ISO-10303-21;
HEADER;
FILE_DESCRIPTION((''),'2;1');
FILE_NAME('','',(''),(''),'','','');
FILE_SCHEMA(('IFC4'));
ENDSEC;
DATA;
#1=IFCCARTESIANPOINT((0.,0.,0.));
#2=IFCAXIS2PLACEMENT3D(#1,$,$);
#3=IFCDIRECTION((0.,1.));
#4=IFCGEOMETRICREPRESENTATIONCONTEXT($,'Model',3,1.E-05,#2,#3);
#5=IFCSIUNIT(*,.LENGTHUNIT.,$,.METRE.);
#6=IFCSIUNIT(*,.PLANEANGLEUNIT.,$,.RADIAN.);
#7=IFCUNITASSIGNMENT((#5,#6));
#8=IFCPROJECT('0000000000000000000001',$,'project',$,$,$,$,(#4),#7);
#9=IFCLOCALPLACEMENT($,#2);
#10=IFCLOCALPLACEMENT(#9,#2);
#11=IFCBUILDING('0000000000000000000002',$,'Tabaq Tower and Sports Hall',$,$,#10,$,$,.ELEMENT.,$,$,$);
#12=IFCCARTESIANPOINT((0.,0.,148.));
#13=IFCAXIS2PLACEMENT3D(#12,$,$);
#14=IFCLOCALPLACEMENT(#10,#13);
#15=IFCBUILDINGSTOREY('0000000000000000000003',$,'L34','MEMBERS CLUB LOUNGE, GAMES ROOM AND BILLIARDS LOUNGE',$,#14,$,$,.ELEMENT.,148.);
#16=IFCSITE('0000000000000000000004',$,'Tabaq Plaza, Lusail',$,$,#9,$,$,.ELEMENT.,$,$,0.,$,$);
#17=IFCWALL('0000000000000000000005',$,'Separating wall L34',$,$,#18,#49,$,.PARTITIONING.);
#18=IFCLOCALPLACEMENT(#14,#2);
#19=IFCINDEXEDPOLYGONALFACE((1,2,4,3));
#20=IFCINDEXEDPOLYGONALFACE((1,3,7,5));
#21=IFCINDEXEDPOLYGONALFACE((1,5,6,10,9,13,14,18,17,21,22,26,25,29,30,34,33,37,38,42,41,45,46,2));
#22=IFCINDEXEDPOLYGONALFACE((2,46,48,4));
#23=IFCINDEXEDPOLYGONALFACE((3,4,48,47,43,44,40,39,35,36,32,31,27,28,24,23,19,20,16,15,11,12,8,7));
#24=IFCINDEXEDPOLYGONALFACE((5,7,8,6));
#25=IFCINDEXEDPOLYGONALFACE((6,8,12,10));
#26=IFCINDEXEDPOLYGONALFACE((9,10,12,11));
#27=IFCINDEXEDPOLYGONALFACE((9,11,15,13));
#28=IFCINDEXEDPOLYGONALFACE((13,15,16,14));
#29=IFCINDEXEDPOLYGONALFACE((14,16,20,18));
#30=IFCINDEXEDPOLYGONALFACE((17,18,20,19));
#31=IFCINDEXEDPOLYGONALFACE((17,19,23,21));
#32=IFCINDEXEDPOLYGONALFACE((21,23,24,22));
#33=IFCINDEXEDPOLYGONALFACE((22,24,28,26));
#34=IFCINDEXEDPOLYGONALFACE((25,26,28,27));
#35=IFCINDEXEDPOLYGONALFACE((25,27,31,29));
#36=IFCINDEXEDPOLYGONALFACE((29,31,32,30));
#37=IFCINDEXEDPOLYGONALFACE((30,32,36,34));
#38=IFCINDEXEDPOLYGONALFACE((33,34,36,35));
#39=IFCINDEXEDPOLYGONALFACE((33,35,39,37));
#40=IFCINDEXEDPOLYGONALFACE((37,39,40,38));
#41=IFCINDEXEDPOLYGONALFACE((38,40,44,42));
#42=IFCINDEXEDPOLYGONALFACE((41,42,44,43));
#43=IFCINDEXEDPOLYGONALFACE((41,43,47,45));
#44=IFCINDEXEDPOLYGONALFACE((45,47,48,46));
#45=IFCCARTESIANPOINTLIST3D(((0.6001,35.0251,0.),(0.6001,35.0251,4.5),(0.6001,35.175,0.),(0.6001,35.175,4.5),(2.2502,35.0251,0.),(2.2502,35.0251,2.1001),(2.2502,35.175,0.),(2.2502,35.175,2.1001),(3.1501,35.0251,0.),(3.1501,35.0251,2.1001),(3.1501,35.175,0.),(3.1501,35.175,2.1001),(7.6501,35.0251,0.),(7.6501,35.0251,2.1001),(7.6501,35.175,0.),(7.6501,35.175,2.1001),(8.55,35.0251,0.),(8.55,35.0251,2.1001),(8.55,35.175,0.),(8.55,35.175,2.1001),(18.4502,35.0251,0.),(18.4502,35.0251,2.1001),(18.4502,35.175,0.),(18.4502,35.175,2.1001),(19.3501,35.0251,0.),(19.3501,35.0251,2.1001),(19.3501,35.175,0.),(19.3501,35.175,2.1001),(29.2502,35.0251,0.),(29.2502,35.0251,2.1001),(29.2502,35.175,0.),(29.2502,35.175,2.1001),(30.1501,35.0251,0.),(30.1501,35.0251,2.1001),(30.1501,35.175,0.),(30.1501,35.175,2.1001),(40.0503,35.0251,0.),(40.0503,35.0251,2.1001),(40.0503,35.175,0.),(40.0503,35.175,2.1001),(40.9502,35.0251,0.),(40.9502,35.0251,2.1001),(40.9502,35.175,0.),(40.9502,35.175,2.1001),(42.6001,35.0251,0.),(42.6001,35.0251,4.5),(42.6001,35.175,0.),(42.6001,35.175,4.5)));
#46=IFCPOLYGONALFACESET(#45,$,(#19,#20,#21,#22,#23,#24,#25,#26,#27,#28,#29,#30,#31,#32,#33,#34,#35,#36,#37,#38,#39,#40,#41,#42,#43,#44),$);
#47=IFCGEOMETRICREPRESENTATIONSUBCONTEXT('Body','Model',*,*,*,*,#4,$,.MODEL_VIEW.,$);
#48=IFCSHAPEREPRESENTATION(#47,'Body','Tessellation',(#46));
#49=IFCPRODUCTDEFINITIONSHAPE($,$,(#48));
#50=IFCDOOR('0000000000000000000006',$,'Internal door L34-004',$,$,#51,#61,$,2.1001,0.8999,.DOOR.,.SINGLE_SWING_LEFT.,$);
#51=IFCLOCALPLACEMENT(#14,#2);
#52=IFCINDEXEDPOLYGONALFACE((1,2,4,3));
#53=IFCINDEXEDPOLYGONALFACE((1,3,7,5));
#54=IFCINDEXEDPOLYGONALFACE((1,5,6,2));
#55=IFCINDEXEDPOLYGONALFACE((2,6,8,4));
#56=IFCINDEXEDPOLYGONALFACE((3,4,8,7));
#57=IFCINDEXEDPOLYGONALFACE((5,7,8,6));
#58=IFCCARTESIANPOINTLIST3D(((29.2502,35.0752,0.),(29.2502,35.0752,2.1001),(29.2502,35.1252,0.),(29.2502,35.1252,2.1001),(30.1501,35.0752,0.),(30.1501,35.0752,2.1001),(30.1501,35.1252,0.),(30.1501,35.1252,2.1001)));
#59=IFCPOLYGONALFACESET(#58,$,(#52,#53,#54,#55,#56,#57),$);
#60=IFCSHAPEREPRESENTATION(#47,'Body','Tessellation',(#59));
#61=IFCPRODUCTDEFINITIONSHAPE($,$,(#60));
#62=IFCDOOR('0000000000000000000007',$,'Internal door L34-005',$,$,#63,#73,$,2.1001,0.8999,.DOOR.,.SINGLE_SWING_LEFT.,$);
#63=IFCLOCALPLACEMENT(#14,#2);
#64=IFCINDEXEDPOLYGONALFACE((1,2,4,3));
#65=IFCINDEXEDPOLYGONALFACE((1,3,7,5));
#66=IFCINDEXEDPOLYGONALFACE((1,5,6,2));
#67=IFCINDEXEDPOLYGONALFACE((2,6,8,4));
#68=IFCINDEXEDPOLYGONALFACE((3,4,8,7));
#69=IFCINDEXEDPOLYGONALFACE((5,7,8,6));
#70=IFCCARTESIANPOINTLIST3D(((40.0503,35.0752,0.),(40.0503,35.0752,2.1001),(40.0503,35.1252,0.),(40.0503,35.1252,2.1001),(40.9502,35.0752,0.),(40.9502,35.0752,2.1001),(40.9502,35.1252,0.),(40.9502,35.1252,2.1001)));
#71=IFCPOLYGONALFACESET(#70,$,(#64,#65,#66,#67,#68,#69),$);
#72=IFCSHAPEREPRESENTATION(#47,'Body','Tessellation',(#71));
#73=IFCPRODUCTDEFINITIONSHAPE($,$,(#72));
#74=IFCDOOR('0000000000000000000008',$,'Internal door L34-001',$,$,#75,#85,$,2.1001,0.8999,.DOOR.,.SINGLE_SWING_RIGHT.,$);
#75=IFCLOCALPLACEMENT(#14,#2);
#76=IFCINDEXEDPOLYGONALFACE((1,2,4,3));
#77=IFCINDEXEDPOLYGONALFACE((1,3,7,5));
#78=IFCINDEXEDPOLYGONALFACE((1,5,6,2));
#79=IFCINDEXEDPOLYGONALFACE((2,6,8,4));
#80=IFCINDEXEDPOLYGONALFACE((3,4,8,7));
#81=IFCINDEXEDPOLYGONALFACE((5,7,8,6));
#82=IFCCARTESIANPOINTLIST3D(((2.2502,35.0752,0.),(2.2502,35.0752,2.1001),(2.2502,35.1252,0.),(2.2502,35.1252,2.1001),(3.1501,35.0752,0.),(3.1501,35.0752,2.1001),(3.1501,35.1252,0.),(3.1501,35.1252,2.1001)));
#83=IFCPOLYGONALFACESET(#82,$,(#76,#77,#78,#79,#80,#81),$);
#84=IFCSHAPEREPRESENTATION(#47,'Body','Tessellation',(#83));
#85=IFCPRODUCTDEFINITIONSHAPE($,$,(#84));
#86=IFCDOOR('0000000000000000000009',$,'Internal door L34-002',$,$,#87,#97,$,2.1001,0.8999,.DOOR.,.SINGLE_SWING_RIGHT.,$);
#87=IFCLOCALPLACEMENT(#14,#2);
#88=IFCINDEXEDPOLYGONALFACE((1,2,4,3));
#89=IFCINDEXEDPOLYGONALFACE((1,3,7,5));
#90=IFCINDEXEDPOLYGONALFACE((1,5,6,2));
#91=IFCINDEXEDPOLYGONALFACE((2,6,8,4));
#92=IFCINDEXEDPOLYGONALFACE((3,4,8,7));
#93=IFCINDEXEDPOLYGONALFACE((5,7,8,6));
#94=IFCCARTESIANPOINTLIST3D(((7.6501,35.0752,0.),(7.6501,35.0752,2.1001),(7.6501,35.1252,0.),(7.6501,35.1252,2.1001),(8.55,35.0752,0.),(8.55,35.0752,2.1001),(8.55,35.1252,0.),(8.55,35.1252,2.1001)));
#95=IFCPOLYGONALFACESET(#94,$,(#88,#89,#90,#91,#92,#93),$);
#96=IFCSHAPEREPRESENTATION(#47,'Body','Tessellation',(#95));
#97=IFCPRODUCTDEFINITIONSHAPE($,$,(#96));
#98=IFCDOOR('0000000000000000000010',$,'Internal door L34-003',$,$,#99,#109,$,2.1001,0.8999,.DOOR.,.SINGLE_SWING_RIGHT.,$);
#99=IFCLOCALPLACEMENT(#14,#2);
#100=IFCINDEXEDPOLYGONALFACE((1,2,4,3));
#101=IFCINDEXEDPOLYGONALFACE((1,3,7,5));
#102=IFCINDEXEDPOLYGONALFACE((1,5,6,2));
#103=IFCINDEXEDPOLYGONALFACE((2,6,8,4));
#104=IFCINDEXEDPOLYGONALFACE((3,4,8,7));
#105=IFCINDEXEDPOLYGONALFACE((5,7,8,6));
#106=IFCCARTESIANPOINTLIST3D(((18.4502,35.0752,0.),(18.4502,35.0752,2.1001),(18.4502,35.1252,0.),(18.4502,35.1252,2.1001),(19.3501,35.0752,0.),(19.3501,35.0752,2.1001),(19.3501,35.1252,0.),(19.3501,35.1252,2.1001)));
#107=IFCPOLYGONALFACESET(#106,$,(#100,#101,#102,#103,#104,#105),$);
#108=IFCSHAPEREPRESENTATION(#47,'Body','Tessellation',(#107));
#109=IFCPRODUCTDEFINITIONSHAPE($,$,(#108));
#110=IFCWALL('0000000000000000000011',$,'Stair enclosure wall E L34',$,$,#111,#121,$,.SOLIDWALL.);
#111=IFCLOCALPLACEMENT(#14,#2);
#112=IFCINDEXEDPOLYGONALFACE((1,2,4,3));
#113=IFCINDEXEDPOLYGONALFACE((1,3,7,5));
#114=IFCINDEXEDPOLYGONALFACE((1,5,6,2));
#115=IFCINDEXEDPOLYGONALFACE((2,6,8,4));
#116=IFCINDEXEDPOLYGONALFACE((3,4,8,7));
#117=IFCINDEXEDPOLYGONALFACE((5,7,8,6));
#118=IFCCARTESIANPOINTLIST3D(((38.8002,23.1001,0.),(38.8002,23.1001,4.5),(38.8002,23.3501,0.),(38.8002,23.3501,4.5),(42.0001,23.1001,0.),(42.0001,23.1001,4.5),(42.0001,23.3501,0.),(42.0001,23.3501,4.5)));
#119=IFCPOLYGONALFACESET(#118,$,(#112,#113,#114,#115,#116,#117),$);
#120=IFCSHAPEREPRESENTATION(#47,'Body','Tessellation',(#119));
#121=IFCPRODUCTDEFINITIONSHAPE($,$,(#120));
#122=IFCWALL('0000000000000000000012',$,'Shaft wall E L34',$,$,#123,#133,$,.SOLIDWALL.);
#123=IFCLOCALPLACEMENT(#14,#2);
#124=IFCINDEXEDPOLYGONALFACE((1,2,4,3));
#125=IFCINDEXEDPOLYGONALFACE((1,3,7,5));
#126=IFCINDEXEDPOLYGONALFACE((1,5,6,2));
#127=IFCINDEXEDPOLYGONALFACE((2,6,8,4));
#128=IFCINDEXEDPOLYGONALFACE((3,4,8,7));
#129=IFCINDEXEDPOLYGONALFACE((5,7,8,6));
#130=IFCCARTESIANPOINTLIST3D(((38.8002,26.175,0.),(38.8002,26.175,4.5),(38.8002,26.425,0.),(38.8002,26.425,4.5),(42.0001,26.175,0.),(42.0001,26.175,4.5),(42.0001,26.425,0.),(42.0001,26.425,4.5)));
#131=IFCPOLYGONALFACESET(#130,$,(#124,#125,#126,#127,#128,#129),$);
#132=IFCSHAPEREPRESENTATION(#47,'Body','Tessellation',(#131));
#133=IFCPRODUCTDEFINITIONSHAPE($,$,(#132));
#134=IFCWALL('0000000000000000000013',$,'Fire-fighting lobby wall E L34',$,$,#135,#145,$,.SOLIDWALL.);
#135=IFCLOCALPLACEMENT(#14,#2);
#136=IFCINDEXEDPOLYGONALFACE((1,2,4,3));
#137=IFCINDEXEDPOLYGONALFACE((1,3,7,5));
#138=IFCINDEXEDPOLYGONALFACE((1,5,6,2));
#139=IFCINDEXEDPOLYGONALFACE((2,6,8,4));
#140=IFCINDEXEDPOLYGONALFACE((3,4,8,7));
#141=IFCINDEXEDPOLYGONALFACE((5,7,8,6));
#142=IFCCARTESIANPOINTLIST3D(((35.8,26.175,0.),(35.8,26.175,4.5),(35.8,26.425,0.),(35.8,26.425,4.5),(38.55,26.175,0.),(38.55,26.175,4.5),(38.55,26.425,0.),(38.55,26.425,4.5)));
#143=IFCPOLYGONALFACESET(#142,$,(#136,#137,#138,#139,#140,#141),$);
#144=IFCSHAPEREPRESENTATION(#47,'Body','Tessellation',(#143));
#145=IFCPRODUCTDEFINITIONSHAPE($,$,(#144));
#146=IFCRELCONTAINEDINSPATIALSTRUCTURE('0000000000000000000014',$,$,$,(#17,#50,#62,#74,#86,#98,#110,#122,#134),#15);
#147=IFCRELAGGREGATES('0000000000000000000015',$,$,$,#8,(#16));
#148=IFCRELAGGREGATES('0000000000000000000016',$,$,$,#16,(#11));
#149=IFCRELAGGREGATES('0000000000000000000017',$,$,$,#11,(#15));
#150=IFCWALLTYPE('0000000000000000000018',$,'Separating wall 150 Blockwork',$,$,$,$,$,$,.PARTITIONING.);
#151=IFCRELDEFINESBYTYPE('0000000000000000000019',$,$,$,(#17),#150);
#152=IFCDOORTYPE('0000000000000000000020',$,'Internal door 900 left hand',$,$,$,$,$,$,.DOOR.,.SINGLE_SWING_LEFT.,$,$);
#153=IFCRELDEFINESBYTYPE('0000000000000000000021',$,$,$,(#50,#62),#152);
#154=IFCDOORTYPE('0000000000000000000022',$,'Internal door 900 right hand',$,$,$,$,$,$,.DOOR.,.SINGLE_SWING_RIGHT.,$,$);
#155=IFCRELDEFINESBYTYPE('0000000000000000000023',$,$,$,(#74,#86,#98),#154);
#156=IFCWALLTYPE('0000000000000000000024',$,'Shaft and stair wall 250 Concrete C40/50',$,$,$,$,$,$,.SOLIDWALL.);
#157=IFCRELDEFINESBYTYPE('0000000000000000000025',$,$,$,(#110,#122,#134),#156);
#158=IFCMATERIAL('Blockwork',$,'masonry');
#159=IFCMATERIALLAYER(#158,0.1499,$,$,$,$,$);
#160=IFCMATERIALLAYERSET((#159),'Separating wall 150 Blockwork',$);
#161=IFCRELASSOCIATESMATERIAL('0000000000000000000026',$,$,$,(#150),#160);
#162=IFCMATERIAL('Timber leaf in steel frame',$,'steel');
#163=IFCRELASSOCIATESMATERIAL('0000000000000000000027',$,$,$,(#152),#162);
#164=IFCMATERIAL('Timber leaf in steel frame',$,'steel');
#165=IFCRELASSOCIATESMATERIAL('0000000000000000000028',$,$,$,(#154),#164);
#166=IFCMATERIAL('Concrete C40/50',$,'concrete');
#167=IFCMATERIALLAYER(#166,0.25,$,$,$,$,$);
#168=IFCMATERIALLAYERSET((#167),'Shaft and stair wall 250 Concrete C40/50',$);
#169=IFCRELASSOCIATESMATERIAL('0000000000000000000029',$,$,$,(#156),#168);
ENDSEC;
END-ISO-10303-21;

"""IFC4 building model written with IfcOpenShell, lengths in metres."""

from ifc_helpers import new_model, si_unit, direction, frame, frame_2d, origin, place, context, subcontext, project, spatial, rectangle, extrude, material, layer, layer_set, type_object, element, fill, save


model = new_model("IFC4")

# Units and contexts
model_context = context("Model", 3, precision=1e-05, world=origin(), true_north=direction((0.0, 1.0)))
body_context = subcontext(model_context, "Body", "Model", "MODEL_VIEW")
ifc_project = project(units=[si_unit("LENGTHUNIT", "METRE"), si_unit("PLANEANGLEUNIT", "RADIAN")], contexts=[model_context])

# Site, building, storey
site_placement = place(None, origin())
site = spatial("IfcSite", under=ifc_project, at=site_placement, Name="Tabaq Plaza, Lusail", CompositionType="ELEMENT", RefElevation=0.0)
building_placement = place(site_placement, origin())
building = spatial("IfcBuilding", under=site, at=building_placement, Name="Tabaq Tower and Sports Hall", CompositionType="ELEMENT")
storey_placement = place(building_placement, frame((0.0, 0.0, 148.0)))
storey = spatial("IfcBuildingStorey", under=building, at=storey_placement, Name="L34", Description="MEMBERS CLUB LOUNGE, GAMES ROOM AND BILLIARDS LOUNGE", CompositionType="ELEMENT", Elevation=148.0)

# Wall, openings, doors
ifc_material_1 = material(Name="Blockwork", Category="masonry")
ifc_layer_1 = layer(ifc_material_1, 0.1499)
ifc_layer_set_1 = layer_set([ifc_layer_1], Name="Separating wall 150 Blockwork")
wall_type_1 = type_object("IfcWallType", Name="Separating wall 150 Blockwork", PredefinedType="PARTITIONING", material=ifc_layer_set_1)
wall_1_placement = place(storey_placement, frame((42.6001, 35.1001, 0.0), z_axis=(0.0, 0.0, 1.0), x_axis=(-1.0, 0.0, 0.0)))
wall_1 = element("IfcWall", 1, at=wall_1_placement, inside=storey, type_object=wall_type_1, Name="Separating wall L34", PredefinedType="PARTITIONING", context=body_context, shape_type="SweptSolid", body=[
    extrude(rectangle(XDim=42.0, YDim=0.1499, at=frame_2d((21.0, 0.0))), origin(), (0.0, 0.0, 1.0), 4.5),
])
opening_1_placement = place(wall_1_placement, frame((39.45, 0.0, 0.0)))
opening_1 = element("IfcOpeningElement", 2, at=opening_1_placement, cuts=wall_1, PredefinedType="OPENING", context=body_context, shape_type="SweptSolid", body=[
    extrude(rectangle(XDim=0.8999, YDim=2.1001, at=frame_2d((0.45, 1.05))), frame((0.0, 0.075, 0.0), z_axis=(0.0, -1.0, 0.0), x_axis=(1.0, 0.0, 0.0)), (0.0, 0.0, 1.0), 0.1499),
])
opening_2_placement = place(wall_1_placement, frame((34.05, 0.0, 0.0)))
opening_2 = element("IfcOpeningElement", 3, at=opening_2_placement, cuts=wall_1, PredefinedType="OPENING", context=body_context, shape_type="SweptSolid", body=[
    extrude(rectangle(XDim=0.8999, YDim=2.1001, at=frame_2d((0.45, 1.05))), frame((0.0, 0.075, 0.0), z_axis=(0.0, -1.0, 0.0), x_axis=(1.0, 0.0, 0.0)), (0.0, 0.0, 1.0), 0.1499),
])
opening_3_placement = place(wall_1_placement, frame((23.25, 0.0, 0.0)))
opening_3 = element("IfcOpeningElement", 4, at=opening_3_placement, cuts=wall_1, PredefinedType="OPENING", context=body_context, shape_type="SweptSolid", body=[
    extrude(rectangle(XDim=0.8999, YDim=2.1001, at=frame_2d((0.45, 1.05))), frame((0.0, 0.075, 0.0), z_axis=(0.0, -1.0, 0.0), x_axis=(1.0, 0.0, 0.0)), (0.0, 0.0, 1.0), 0.1499),
])
opening_4_placement = place(wall_1_placement, frame((12.45, 0.0, 0.0)))
opening_4 = element("IfcOpeningElement", 5, at=opening_4_placement, cuts=wall_1, PredefinedType="OPENING", context=body_context, shape_type="SweptSolid", body=[
    extrude(rectangle(XDim=0.8999, YDim=2.1001, at=frame_2d((0.45, 1.05))), frame((0.0, 0.075, 0.0), z_axis=(0.0, -1.0, 0.0), x_axis=(1.0, 0.0, 0.0)), (0.0, 0.0, 1.0), 0.1499),
])
opening_5_placement = place(wall_1_placement, frame((1.6499, 0.0, 0.0)))
opening_5 = element("IfcOpeningElement", 6, at=opening_5_placement, cuts=wall_1, PredefinedType="OPENING", context=body_context, shape_type="SweptSolid", body=[
    extrude(rectangle(XDim=0.8999, YDim=2.1001, at=frame_2d((0.45, 1.05))), frame((0.0, 0.075, 0.0), z_axis=(0.0, -1.0, 0.0), x_axis=(1.0, 0.0, 0.0)), (0.0, 0.0, 1.0), 0.1499),
])
ifc_material_2 = material(Name="Timber leaf in steel frame", Category="steel")
door_type_1 = type_object("IfcDoorType", Name="Internal door 900 left hand", OperationType="SINGLE_SWING_LEFT", PredefinedType="DOOR", material=ifc_material_2)
door_1_placement = place(opening_4_placement, origin())
door_1 = element("IfcDoor", 7, at=door_1_placement, inside=storey, type_object=door_type_1, Name="Internal door L34-004", OperationType="SINGLE_SWING_LEFT", OverallHeight=2.1001, OverallWidth=0.8999, PredefinedType="DOOR", context=body_context, shape_type="SweptSolid", body=[
    extrude(rectangle(XDim=0.8999, YDim=2.1001, at=frame_2d((0.45, 1.05))), frame((0.0, 0.0249, 0.0), z_axis=(0.0, -1.0, 0.0), x_axis=(1.0, 0.0, 0.0)), (0.0, 0.0, 1.0), 0.05),
])
fill(opening_4, door_1)
door_2_placement = place(opening_5_placement, origin())
door_2 = element("IfcDoor", 8, at=door_2_placement, inside=storey, type_object=door_type_1, Name="Internal door L34-005", OperationType="SINGLE_SWING_LEFT", OverallHeight=2.1001, OverallWidth=0.8999, PredefinedType="DOOR", context=body_context, shape_type="SweptSolid", body=[
    extrude(rectangle(XDim=0.8999, YDim=2.1001, at=frame_2d((0.45, 1.05))), frame((0.0, 0.0249, 0.0), z_axis=(0.0, -1.0, 0.0), x_axis=(1.0, 0.0, 0.0)), (0.0, 0.0, 1.0), 0.05),
])
fill(opening_5, door_2)
ifc_material_3 = material(Name="Timber leaf in steel frame", Category="steel")
door_type_2 = type_object("IfcDoorType", Name="Internal door 900 right hand", OperationType="SINGLE_SWING_RIGHT", PredefinedType="DOOR", material=ifc_material_3)
door_3_placement = place(opening_1_placement, origin())
door_3 = element("IfcDoor", 9, at=door_3_placement, inside=storey, type_object=door_type_2, Name="Internal door L34-001", OperationType="SINGLE_SWING_RIGHT", OverallHeight=2.1001, OverallWidth=0.8999, PredefinedType="DOOR", context=body_context, shape_type="SweptSolid", body=[
    extrude(rectangle(XDim=0.8999, YDim=2.1001, at=frame_2d((0.45, 1.05))), frame((0.0, 0.0249, 0.0), z_axis=(0.0, -1.0, 0.0), x_axis=(1.0, 0.0, 0.0)), (0.0, 0.0, 1.0), 0.05),
])
fill(opening_1, door_3)
door_4_placement = place(opening_2_placement, origin())
door_4 = element("IfcDoor", 10, at=door_4_placement, inside=storey, type_object=door_type_2, Name="Internal door L34-002", OperationType="SINGLE_SWING_RIGHT", OverallHeight=2.1001, OverallWidth=0.8999, PredefinedType="DOOR", context=body_context, shape_type="SweptSolid", body=[
    extrude(rectangle(XDim=0.8999, YDim=2.1001, at=frame_2d((0.45, 1.05))), frame((0.0, 0.0249, 0.0), z_axis=(0.0, -1.0, 0.0), x_axis=(1.0, 0.0, 0.0)), (0.0, 0.0, 1.0), 0.05),
])
fill(opening_2, door_4)
door_5_placement = place(opening_3_placement, origin())
door_5 = element("IfcDoor", 11, at=door_5_placement, inside=storey, type_object=door_type_2, Name="Internal door L34-003", OperationType="SINGLE_SWING_RIGHT", OverallHeight=2.1001, OverallWidth=0.8999, PredefinedType="DOOR", context=body_context, shape_type="SweptSolid", body=[
    extrude(rectangle(XDim=0.8999, YDim=2.1001, at=frame_2d((0.45, 1.05))), frame((0.0, 0.0249, 0.0), z_axis=(0.0, -1.0, 0.0), x_axis=(1.0, 0.0, 0.0)), (0.0, 0.0, 1.0), 0.05),
])
fill(opening_3, door_5)

# Walls
ifc_material_4 = material(Name="Concrete C40/50", Category="concrete")
ifc_layer_2 = layer(ifc_material_4, 0.25)
ifc_layer_set_2 = layer_set([ifc_layer_2], Name="Shaft and stair wall 250 Concrete C40/50")
wall_type_2 = type_object("IfcWallType", Name="Shaft and stair wall 250 Concrete C40/50", PredefinedType="SOLIDWALL", material=ifc_layer_set_2)
for number, where, z_axis, x_axis, name in (
    (12, (38.8, 23.2251, 0.0), (0.0, 0.0, 1.0), (1.0, 0.0, 0.0), "Stair enclosure wall E L34"),
    (13, (38.8, 26.3, 0.0), (0.0, 0.0, 1.0), (1.0, 0.0, 0.0), "Shaft wall E L34"),
):
    element("IfcWall", number, at=place(storey_placement, frame(where, z_axis=z_axis, x_axis=x_axis)), inside=storey, type_object=wall_type_2, Name=name, PredefinedType="SOLIDWALL", context=body_context, shape_type="SweptSolid", body=[
        extrude(rectangle(XDim=3.2, YDim=0.25, at=frame_2d((1.6001, 0.0))), origin(), (0.0, 0.0, 1.0), 4.5),
    ])
wall_2_placement = place(storey_placement, frame((35.8, 26.3, 0.0), z_axis=(0.0, 0.0, 1.0), x_axis=(1.0, 0.0, 0.0)))
element("IfcWall", 14, at=wall_2_placement, inside=storey, type_object=wall_type_2, Name="Fire-fighting lobby wall E L34", PredefinedType="SOLIDWALL", context=body_context, shape_type="SweptSolid", body=[
    extrude(rectangle(XDim=2.75, YDim=0.25, at=frame_2d((1.375, 0.0))), origin(), (0.0, 0.0, 1.0), 4.5),
])

save(model, "model.ifc")
